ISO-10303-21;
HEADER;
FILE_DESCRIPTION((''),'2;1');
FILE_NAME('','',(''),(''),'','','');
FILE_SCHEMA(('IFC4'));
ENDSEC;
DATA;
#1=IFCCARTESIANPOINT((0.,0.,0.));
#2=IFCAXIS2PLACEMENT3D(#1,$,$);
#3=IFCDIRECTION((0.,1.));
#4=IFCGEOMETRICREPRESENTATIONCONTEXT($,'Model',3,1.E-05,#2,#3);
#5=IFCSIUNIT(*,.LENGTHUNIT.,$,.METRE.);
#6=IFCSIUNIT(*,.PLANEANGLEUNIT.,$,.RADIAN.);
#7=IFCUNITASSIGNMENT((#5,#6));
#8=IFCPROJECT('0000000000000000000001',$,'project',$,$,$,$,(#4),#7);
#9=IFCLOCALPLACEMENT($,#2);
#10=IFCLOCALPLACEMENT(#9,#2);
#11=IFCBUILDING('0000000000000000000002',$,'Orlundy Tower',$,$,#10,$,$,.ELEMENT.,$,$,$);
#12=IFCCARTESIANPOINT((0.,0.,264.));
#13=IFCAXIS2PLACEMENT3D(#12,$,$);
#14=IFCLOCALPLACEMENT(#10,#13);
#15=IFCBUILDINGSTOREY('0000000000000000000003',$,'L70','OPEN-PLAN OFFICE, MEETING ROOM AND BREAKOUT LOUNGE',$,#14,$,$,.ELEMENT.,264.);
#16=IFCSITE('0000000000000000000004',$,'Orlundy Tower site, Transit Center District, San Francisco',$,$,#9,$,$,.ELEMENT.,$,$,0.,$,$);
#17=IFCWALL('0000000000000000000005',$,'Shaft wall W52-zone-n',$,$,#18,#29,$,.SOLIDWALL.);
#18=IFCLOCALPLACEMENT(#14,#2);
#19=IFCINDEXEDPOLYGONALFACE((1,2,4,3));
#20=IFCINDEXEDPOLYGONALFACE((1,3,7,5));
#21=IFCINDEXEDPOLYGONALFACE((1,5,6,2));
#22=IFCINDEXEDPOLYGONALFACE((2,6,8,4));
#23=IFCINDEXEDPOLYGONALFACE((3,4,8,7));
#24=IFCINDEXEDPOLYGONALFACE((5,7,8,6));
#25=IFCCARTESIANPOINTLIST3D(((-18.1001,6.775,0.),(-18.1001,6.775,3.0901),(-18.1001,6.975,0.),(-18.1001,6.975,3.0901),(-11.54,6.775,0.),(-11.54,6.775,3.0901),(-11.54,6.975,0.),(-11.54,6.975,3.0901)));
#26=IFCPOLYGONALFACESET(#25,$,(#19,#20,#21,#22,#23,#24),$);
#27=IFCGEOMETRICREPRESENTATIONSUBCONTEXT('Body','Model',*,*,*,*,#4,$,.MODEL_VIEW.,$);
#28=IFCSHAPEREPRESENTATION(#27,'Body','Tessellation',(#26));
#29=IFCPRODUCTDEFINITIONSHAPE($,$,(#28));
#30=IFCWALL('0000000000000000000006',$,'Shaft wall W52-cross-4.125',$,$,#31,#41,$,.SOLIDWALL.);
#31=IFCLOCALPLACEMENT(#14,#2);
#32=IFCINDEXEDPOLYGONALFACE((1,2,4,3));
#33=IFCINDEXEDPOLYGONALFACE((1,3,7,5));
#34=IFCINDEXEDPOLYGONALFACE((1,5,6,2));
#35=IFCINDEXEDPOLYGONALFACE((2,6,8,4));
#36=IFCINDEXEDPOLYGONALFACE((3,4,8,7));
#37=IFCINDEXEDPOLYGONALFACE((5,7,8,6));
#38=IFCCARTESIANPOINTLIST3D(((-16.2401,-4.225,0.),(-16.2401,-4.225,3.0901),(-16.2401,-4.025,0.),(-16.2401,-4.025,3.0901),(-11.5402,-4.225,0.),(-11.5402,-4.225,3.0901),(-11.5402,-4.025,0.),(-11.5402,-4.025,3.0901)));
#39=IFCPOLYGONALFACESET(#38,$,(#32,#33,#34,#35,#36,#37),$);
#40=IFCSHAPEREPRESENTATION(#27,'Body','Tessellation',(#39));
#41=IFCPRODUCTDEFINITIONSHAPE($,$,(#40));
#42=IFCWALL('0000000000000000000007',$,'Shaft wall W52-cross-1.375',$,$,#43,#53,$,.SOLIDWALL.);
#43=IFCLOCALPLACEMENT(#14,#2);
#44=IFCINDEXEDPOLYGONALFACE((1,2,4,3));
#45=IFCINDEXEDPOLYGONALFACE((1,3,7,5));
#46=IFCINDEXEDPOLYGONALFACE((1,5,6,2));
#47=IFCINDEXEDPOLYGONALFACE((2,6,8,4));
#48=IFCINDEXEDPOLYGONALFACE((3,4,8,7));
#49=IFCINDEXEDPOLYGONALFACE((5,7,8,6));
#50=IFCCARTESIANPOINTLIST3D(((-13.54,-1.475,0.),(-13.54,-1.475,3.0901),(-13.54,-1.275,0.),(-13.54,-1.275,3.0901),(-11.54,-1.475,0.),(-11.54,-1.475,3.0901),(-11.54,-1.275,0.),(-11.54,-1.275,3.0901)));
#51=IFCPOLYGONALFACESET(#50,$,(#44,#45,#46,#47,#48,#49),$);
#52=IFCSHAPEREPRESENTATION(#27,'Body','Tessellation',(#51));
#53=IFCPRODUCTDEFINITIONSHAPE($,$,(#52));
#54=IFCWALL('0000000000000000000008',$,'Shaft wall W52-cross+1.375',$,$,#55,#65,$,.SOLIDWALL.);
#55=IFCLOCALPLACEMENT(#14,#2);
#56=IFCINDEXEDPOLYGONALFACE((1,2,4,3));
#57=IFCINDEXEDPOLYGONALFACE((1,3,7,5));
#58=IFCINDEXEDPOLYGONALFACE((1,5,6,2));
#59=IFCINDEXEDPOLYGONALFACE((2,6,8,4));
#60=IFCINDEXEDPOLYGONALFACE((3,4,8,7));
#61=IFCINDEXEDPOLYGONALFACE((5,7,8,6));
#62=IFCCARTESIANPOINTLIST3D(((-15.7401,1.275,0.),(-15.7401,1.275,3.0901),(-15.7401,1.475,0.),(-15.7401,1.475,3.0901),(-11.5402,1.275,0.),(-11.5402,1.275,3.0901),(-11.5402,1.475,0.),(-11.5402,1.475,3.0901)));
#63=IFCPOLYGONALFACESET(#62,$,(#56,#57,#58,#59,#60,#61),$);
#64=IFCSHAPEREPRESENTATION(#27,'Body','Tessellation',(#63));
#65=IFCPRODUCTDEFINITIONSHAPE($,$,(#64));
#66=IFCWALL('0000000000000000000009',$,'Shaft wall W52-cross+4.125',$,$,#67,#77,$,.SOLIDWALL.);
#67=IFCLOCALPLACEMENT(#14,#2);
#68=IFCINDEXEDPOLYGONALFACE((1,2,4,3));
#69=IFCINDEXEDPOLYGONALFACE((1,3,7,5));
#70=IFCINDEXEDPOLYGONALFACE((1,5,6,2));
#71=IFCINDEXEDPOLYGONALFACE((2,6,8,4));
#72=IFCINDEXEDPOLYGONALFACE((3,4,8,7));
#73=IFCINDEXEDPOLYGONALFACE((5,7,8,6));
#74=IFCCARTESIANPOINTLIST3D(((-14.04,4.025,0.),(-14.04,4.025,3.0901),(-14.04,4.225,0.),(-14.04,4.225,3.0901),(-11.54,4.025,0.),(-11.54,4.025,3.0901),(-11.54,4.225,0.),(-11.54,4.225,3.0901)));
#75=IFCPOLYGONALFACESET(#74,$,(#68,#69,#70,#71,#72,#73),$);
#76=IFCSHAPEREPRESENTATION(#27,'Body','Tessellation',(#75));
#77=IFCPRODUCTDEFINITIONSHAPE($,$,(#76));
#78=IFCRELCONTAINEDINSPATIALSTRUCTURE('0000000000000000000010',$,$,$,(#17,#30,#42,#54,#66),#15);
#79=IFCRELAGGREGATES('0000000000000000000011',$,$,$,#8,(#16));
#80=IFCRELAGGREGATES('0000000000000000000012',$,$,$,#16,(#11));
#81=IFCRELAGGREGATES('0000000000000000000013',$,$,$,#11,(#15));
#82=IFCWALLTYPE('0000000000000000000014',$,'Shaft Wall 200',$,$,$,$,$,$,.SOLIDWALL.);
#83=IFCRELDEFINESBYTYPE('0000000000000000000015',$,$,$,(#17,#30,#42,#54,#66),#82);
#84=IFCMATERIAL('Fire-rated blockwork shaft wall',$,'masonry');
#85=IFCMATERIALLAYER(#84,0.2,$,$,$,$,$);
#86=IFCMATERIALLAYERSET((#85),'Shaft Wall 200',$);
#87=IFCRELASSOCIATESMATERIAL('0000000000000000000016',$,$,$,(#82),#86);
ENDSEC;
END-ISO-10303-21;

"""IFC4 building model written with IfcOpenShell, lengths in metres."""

from ifc_helpers import new_model, si_unit, direction, frame, frame_2d, origin, place, context, subcontext, project, spatial, rectangle, extrude, material, layer, layer_set, type_object, element, save


model = new_model("IFC4")

# Units and contexts
model_context = context("Model", 3, precision=1e-05, world=origin(), true_north=direction((0.0, 1.0)))
body_context = subcontext(model_context, "Body", "Model", "MODEL_VIEW")
ifc_project = project(units=[si_unit("LENGTHUNIT", "METRE"), si_unit("PLANEANGLEUNIT", "RADIAN")], contexts=[model_context])

# Site, building, storey
site_placement = place(None, origin())
site = spatial("IfcSite", under=ifc_project, at=site_placement, Name="Orlundy Tower site, Transit Center District, San Francisco", CompositionType="ELEMENT", RefElevation=0.0)
building_placement = place(site_placement, origin())
building = spatial("IfcBuilding", under=site, at=building_placement, Name="Orlundy Tower", CompositionType="ELEMENT")
storey_placement = place(building_placement, frame((0.0, 0.0, 264.0)))
storey = spatial("IfcBuildingStorey", under=building, at=storey_placement, Name="L70", Description="OPEN-PLAN OFFICE, MEETING ROOM AND BREAKOUT LOUNGE", CompositionType="ELEMENT", Elevation=264.0)

# Walls
ifc_material_1 = material(Name="Fire-rated blockwork shaft wall", Category="masonry")
ifc_layer_1 = layer(ifc_material_1, 0.2)
ifc_layer_set_1 = layer_set([ifc_layer_1], Name="Shaft Wall 200")
wall_type_1 = type_object("IfcWallType", Name="Shaft Wall 200", PredefinedType="SOLIDWALL", material=ifc_layer_set_1)
wall_1_placement = place(storey_placement, frame((-11.54, 6.875, 0.0), z_axis=(0.0, 0.0, 1.0), x_axis=(-1.0, 0.0, 0.0)))
element("IfcWall", 1, at=wall_1_placement, inside=storey, type_object=wall_type_1, Name="Shaft wall W52-zone-n", PredefinedType="SOLIDWALL", context=body_context, shape_type="SweptSolid", body=[
    extrude(rectangle(XDim=6.5601, YDim=0.2, at=frame_2d((3.28, 0.0))), origin(), (0.0, 0.0, 1.0), 3.0901),
])
wall_2_placement = place(storey_placement, frame((-11.54, -4.125, 0.0), z_axis=(0.0, 0.0, 1.0), x_axis=(-1.0, 0.0, 0.0)))
element("IfcWall", 2, at=wall_2_placement, inside=storey, type_object=wall_type_1, Name="Shaft wall W52-cross-4.125", PredefinedType="SOLIDWALL", context=body_context, shape_type="SweptSolid", body=[
    extrude(rectangle(XDim=4.7, YDim=0.2, at=frame_2d((2.3501, 0.0))), origin(), (0.0, 0.0, 1.0), 3.0901),
])
wall_3_placement = place(storey_placement, frame((-11.54, -1.375, 0.0), z_axis=(0.0, 0.0, 1.0), x_axis=(-1.0, 0.0, 0.0)))
element("IfcWall", 3, at=wall_3_placement, inside=storey, type_object=wall_type_1, Name="Shaft wall W52-cross-1.375", PredefinedType="SOLIDWALL", context=body_context, shape_type="SweptSolid", body=[
    extrude(rectangle(XDim=2.0, YDim=0.2, at=frame_2d((1.0, 0.0))), origin(), (0.0, 0.0, 1.0), 3.0901),
])
wall_4_placement = place(storey_placement, frame((-11.54, 1.375, 0.0), z_axis=(0.0, 0.0, 1.0), x_axis=(-1.0, 0.0, 0.0)))
element("IfcWall", 4, at=wall_4_placement, inside=storey, type_object=wall_type_1, Name="Shaft wall W52-cross+1.375", PredefinedType="SOLIDWALL", context=body_context, shape_type="SweptSolid", body=[
    extrude(rectangle(XDim=4.2, YDim=0.2, at=frame_2d((2.1001, 0.0))), origin(), (0.0, 0.0, 1.0), 3.0901),
])
wall_5_placement = place(storey_placement, frame((-11.54, 4.125, 0.0), z_axis=(0.0, 0.0, 1.0), x_axis=(-1.0, 0.0, 0.0)))
element("IfcWall", 5, at=wall_5_placement, inside=storey, type_object=wall_type_1, Name="Shaft wall W52-cross+4.125", PredefinedType="SOLIDWALL", context=body_context, shape_type="SweptSolid", body=[
    extrude(rectangle(XDim=2.5, YDim=0.2, at=frame_2d((1.25, 0.0))), origin(), (0.0, 0.0, 1.0), 3.0901),
])

save(model, "model.ifc")
